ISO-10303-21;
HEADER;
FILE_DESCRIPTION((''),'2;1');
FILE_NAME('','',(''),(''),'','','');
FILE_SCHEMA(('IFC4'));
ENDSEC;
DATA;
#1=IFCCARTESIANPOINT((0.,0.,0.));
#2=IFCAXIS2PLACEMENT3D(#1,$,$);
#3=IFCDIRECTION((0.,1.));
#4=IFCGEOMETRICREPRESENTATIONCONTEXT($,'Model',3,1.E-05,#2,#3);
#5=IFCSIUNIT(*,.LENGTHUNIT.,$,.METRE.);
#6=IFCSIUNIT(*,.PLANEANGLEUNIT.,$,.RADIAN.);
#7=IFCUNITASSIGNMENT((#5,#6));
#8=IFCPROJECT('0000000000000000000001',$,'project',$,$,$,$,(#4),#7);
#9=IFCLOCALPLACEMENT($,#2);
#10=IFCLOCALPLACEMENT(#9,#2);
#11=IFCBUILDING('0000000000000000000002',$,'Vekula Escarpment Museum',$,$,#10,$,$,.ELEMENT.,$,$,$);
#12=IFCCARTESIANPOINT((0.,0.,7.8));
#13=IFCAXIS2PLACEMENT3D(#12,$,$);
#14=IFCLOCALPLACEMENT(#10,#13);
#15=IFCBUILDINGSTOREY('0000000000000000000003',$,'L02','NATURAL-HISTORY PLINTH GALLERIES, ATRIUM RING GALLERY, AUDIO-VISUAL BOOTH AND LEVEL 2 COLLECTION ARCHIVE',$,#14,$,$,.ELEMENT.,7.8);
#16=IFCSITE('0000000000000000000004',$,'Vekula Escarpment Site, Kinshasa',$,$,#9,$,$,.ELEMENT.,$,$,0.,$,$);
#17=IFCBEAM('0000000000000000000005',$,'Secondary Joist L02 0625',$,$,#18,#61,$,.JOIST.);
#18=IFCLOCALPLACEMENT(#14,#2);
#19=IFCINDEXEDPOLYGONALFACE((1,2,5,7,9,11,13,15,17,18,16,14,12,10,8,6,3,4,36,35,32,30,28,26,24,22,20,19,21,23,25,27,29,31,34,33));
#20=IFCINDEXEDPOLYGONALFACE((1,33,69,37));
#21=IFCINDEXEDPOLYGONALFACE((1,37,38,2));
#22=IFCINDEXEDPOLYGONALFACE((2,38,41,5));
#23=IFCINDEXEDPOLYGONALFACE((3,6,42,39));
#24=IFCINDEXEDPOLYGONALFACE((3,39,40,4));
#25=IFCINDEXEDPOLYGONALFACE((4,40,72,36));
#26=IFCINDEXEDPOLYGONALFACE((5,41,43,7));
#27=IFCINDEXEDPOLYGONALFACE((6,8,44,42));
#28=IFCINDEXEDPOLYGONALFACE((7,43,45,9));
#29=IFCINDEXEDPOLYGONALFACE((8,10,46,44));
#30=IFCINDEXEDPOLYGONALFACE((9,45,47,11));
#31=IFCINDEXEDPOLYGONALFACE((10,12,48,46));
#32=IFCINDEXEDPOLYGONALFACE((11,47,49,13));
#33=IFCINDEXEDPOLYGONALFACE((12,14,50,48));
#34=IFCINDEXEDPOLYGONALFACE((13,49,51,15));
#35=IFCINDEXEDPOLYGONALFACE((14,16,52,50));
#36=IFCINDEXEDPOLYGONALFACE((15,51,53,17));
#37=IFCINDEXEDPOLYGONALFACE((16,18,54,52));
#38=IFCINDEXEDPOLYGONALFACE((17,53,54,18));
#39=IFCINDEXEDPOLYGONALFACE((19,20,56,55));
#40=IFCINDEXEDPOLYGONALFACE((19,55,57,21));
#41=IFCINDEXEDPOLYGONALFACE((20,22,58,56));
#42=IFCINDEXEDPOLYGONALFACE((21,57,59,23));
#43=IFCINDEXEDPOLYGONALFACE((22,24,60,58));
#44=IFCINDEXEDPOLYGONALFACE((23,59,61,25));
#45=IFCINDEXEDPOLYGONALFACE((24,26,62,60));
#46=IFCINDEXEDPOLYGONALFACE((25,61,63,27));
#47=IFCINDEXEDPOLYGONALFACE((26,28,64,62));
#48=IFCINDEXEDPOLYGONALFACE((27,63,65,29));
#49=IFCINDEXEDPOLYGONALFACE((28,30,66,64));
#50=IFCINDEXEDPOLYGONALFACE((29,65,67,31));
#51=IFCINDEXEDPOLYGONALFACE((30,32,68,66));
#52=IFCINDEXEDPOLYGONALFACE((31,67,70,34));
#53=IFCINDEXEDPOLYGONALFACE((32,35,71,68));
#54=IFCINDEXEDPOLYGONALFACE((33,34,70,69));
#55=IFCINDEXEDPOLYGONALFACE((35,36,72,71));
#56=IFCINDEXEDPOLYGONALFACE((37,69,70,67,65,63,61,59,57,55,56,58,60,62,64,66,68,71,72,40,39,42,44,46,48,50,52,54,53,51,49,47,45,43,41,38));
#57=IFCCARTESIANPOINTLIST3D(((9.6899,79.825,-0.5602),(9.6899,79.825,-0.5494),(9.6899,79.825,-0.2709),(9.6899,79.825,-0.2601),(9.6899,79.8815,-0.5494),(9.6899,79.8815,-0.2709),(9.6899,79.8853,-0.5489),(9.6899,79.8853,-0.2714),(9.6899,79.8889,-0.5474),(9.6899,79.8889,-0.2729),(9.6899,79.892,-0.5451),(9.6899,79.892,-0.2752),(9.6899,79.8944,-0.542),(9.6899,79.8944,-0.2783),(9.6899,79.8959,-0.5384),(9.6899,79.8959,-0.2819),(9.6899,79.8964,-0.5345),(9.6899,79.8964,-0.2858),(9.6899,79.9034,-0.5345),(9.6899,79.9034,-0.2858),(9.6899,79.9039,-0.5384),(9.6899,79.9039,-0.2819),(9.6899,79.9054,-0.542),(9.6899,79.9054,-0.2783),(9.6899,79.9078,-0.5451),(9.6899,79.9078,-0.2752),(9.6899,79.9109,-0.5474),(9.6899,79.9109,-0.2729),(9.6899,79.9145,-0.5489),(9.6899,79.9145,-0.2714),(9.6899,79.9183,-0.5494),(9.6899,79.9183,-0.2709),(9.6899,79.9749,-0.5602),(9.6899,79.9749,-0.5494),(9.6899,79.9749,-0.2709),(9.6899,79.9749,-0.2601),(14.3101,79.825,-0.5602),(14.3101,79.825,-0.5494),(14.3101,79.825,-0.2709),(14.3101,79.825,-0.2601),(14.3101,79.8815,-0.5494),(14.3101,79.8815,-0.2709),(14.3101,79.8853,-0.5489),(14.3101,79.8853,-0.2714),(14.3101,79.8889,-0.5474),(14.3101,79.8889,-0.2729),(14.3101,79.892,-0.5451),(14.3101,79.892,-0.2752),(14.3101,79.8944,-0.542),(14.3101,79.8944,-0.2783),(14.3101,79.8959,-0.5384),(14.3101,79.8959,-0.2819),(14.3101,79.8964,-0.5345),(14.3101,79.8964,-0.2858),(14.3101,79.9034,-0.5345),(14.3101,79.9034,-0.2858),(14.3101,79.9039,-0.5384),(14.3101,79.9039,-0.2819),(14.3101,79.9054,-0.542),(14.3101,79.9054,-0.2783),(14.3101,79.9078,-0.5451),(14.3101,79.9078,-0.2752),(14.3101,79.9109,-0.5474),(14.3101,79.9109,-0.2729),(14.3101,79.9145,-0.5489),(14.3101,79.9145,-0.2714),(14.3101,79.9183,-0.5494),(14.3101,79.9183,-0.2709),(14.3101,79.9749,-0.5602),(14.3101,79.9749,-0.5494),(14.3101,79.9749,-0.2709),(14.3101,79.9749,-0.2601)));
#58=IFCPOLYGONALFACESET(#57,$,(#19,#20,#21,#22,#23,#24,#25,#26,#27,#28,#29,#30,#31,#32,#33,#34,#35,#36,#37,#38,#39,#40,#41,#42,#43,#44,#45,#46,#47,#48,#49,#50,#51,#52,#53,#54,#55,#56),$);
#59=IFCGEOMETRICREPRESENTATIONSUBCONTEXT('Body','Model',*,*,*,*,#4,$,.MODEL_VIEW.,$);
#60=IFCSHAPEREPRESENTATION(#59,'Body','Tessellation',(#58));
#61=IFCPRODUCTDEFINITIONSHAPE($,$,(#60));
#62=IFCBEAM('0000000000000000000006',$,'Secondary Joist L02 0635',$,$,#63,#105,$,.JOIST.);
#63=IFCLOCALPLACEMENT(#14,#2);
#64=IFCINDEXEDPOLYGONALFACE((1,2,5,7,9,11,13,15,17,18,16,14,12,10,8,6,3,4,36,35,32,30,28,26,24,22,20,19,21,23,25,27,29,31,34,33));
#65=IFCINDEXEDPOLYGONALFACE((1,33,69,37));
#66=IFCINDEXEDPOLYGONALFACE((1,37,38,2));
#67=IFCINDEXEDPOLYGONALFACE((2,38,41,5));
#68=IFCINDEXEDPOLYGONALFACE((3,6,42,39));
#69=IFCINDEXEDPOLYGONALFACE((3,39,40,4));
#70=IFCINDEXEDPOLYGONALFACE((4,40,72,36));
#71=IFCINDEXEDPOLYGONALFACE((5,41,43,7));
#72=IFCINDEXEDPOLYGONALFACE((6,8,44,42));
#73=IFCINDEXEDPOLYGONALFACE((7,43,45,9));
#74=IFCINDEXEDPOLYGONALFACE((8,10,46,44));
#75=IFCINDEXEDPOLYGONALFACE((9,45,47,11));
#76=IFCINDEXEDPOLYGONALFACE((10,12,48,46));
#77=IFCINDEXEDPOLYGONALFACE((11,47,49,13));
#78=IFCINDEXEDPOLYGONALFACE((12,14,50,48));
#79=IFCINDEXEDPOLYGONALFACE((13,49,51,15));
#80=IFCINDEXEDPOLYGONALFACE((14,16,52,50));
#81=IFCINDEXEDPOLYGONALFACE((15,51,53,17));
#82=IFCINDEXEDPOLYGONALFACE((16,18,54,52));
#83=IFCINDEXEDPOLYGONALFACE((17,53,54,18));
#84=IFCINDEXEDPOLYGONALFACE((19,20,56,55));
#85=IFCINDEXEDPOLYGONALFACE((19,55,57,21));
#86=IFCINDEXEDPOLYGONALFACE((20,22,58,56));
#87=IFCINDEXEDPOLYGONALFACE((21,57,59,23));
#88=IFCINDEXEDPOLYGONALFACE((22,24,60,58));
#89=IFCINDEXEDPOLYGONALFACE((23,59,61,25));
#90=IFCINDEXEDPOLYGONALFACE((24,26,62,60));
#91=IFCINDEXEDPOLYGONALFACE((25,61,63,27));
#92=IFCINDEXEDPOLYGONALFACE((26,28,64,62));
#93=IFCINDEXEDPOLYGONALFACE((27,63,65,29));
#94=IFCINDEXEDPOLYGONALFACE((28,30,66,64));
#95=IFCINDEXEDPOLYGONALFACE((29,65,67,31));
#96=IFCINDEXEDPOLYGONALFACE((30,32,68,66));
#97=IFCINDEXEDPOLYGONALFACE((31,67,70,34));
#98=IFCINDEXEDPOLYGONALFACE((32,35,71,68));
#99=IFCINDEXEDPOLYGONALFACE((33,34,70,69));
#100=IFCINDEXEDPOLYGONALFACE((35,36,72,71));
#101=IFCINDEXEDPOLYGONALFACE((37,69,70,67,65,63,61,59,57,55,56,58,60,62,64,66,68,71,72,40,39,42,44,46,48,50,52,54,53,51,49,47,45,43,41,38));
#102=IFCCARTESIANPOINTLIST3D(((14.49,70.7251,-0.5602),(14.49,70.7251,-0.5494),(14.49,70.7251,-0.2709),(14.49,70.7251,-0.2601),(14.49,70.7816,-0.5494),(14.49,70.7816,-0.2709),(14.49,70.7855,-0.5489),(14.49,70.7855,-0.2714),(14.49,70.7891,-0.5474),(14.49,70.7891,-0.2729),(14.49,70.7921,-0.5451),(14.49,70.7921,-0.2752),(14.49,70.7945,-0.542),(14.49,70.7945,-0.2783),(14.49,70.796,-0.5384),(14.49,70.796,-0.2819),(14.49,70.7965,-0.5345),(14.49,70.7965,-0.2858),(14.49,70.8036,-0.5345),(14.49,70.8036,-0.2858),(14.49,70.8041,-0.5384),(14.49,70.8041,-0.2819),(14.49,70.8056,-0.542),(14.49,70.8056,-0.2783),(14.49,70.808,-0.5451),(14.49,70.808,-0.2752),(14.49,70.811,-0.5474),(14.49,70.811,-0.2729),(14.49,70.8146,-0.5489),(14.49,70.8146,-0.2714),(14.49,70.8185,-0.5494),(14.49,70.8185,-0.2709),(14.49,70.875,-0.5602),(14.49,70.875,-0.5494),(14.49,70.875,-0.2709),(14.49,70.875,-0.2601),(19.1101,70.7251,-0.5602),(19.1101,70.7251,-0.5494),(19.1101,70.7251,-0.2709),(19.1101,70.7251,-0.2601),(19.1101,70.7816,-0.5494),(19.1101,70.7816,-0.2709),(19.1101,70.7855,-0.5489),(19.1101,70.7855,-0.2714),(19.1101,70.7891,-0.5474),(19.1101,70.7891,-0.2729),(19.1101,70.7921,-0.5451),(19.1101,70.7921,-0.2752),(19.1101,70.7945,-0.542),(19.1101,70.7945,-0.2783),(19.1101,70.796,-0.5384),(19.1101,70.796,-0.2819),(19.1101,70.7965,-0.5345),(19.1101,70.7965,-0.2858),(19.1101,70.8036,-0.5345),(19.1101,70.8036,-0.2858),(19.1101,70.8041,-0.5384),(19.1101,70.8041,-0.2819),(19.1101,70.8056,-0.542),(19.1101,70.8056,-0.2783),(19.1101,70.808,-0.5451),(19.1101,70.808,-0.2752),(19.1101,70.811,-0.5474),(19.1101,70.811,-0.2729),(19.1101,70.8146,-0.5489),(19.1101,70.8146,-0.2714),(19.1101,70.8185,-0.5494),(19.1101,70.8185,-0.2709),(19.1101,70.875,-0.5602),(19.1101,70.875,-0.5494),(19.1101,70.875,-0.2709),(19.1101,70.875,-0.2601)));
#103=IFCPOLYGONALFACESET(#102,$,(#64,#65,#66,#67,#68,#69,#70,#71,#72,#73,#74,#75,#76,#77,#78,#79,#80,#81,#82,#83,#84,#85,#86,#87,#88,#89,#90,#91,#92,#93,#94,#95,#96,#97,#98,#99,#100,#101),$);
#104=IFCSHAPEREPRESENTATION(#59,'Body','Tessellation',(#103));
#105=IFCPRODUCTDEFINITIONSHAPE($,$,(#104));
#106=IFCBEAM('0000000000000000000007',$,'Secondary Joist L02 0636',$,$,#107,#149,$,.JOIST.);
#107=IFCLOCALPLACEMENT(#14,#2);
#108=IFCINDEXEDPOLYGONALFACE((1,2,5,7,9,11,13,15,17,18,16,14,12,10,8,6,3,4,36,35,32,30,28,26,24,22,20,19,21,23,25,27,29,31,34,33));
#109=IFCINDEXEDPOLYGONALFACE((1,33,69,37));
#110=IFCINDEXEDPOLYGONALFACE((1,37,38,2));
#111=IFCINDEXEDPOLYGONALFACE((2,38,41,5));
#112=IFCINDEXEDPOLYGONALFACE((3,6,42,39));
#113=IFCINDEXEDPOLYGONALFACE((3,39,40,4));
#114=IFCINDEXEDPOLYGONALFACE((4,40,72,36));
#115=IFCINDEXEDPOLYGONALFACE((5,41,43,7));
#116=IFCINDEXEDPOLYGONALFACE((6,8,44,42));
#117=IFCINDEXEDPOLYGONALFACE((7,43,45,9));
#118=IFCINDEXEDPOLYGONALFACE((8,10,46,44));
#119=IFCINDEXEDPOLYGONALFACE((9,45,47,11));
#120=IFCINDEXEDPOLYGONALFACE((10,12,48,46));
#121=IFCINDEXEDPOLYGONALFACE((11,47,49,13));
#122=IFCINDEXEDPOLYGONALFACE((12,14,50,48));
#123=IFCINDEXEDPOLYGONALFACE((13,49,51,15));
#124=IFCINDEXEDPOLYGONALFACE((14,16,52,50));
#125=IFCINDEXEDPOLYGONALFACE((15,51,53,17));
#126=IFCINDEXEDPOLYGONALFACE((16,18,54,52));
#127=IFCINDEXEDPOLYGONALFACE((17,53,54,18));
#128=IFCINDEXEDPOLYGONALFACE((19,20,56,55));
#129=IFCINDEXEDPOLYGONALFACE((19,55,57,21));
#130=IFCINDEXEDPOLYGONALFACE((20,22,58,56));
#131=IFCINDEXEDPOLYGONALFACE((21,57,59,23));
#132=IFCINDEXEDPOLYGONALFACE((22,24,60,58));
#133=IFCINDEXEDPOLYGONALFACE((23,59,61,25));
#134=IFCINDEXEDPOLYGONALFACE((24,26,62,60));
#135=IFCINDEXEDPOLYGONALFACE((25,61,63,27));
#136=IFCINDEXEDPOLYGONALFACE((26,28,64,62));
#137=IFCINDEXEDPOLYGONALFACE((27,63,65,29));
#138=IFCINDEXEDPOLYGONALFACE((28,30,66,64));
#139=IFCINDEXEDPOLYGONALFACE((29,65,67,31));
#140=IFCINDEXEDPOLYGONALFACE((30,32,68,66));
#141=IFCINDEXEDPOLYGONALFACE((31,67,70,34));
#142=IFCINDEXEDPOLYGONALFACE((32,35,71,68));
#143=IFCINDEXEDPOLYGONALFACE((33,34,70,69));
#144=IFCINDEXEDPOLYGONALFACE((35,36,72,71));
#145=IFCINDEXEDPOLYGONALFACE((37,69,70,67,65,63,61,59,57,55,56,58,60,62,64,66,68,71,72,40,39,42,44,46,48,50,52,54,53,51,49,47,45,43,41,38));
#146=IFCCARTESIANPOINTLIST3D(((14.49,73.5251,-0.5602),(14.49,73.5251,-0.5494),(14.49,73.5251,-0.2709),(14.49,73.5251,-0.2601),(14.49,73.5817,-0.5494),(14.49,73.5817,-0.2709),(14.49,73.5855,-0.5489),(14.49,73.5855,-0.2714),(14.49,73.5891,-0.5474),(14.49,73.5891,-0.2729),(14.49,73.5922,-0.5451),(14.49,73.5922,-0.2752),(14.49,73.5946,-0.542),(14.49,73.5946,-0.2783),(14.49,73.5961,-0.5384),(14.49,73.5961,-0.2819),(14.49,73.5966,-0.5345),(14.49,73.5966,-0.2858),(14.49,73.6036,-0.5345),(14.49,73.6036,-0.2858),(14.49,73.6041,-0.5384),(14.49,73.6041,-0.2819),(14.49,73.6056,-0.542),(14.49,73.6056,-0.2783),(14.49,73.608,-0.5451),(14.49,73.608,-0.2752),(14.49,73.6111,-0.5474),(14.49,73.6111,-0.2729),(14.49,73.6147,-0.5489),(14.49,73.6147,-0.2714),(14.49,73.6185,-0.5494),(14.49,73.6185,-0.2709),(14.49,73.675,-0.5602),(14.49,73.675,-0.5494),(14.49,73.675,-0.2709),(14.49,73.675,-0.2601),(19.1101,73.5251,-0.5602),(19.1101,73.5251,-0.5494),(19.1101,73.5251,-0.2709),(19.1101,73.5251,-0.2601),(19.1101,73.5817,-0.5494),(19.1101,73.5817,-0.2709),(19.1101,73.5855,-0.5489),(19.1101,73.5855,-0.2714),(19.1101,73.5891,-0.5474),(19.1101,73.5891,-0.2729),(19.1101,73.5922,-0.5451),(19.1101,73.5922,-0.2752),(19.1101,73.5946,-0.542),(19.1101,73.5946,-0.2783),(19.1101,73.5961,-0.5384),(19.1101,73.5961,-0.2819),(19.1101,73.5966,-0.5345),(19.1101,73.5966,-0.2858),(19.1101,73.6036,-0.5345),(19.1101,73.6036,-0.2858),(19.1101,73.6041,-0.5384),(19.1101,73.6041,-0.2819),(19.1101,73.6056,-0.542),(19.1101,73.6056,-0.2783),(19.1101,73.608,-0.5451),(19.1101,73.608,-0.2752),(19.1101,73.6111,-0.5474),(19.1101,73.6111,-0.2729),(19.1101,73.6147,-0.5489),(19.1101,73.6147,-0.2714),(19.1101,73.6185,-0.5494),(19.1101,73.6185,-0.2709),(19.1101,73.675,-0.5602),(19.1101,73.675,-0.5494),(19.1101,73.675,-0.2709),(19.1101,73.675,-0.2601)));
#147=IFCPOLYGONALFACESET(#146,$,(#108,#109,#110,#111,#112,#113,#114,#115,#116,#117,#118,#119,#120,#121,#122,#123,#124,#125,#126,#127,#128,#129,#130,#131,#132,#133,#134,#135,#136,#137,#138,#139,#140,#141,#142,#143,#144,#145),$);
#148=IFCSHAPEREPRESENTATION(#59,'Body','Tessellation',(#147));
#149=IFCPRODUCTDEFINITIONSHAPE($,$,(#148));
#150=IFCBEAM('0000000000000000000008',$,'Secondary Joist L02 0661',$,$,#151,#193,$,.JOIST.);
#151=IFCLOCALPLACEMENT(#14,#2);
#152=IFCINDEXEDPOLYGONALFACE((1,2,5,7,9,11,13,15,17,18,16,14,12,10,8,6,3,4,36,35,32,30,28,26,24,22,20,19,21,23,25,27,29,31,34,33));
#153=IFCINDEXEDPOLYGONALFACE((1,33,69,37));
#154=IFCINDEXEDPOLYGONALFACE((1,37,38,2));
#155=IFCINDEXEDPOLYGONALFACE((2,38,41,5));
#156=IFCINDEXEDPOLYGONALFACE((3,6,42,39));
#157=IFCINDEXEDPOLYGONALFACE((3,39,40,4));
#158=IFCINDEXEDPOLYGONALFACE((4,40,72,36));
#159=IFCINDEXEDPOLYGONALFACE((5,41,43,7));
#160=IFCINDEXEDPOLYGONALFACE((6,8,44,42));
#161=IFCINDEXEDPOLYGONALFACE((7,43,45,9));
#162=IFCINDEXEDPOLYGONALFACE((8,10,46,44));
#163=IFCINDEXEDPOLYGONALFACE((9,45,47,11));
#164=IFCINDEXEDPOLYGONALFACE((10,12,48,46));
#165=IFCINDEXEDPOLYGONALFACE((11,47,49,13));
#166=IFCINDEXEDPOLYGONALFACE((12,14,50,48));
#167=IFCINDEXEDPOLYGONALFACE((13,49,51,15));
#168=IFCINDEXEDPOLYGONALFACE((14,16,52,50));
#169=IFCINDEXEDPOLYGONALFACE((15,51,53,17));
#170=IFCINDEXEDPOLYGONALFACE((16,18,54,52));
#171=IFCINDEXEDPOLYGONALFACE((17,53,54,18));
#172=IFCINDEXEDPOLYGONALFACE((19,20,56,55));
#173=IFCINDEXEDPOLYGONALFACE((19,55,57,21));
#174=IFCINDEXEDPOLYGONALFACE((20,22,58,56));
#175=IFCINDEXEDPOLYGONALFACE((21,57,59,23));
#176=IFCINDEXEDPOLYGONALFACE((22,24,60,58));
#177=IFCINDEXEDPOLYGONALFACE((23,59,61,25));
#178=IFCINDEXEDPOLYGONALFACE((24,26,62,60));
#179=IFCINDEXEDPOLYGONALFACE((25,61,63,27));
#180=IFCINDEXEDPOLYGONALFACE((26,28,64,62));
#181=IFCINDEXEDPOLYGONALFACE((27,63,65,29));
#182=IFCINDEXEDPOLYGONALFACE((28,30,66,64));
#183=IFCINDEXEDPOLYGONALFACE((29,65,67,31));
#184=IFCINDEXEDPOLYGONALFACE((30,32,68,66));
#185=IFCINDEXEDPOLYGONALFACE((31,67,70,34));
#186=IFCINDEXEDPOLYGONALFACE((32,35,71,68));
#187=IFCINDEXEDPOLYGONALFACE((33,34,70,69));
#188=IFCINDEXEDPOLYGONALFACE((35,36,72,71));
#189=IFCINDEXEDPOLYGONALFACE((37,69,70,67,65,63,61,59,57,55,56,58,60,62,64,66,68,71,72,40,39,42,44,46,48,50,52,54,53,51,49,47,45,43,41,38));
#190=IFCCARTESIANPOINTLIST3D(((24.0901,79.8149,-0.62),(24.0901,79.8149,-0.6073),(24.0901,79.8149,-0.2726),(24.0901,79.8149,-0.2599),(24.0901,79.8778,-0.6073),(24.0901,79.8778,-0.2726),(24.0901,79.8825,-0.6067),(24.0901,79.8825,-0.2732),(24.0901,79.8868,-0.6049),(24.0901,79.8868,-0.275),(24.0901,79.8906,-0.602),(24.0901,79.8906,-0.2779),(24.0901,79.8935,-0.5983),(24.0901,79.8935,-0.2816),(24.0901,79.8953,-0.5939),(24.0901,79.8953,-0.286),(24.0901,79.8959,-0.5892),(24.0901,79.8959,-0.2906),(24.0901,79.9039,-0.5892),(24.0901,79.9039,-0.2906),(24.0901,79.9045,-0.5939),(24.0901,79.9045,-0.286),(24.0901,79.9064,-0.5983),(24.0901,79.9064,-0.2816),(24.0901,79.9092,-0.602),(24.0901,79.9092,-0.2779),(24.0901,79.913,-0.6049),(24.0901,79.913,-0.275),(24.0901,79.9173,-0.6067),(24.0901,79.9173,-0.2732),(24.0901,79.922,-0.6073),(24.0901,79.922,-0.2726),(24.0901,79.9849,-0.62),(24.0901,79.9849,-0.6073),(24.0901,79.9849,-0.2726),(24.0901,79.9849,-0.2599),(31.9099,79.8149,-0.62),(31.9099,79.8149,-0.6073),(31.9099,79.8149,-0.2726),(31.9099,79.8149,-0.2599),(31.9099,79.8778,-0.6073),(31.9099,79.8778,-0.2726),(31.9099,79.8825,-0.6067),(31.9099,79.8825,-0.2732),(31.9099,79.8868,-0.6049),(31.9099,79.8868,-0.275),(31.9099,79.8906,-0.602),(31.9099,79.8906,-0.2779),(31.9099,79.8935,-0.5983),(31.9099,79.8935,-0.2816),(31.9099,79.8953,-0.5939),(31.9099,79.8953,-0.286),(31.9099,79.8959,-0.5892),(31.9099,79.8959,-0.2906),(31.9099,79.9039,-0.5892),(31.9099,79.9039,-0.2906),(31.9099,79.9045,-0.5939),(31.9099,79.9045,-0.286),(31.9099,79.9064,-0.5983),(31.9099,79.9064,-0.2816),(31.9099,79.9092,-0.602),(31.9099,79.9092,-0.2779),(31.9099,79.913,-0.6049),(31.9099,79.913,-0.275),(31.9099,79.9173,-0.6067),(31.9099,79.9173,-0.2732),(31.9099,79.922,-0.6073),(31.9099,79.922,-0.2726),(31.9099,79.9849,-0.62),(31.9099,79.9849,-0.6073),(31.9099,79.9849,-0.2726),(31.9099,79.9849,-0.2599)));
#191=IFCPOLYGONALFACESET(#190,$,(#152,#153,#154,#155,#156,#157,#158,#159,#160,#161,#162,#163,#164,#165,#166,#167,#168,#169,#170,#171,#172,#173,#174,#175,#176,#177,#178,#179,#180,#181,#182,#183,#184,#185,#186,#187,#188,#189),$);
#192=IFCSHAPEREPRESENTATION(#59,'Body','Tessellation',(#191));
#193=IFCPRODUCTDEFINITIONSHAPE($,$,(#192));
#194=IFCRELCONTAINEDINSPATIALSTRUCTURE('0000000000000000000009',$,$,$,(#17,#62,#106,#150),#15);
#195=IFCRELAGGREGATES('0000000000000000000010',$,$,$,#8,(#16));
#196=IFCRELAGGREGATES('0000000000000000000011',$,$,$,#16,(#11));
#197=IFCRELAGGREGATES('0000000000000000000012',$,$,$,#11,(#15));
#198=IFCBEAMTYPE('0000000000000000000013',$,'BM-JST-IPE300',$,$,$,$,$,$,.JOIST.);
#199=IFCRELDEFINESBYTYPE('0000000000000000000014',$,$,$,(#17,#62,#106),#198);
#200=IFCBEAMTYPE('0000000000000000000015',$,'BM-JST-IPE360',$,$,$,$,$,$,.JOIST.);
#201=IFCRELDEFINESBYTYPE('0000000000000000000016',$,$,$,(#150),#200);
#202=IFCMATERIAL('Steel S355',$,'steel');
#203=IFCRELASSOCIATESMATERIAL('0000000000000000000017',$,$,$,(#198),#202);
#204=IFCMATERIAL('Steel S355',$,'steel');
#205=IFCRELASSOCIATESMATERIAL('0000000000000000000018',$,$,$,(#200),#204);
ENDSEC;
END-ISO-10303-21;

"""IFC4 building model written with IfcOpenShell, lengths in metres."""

from ifc_helpers import new_model, si_unit, direction, frame, origin, origin_2d, place, context, subcontext, project, spatial, i_section, extrude, material, material_profile, profile_set, type_object, element, save


model = new_model("IFC4")

# Units and contexts
model_context = context("Model", 3, precision=1e-05, world=origin(), true_north=direction((0.0, 1.0)))
body_context = subcontext(model_context, "Body", "Model", "MODEL_VIEW")
ifc_project = project(units=[si_unit("LENGTHUNIT", "METRE"), si_unit("PLANEANGLEUNIT", "RADIAN")], contexts=[model_context])

# Site, building, storey
site_placement = place(None, origin())
site = spatial("IfcSite", under=ifc_project, at=site_placement, Name="Vekula Escarpment Site, Kinshasa", CompositionType="ELEMENT", RefElevation=0.0)
building_placement = place(site_placement, origin())
building = spatial("IfcBuilding", under=site, at=building_placement, Name="Vekula Escarpment Museum", CompositionType="ELEMENT")
storey_placement = place(building_placement, frame((0.0, 0.0, 7.8)))
storey = spatial("IfcBuildingStorey", under=building, at=storey_placement, Name="L02", Description="NATURAL-HISTORY PLINTH GALLERIES, ATRIUM RING GALLERY, AUDIO-VISUAL BOOTH AND LEVEL 2 COLLECTION ARCHIVE", CompositionType="ELEMENT", Elevation=7.8)

# Beams
ifc_material_1 = material(Name="Steel S355", Category="steel")
ifc_material_profile_1 = material_profile(ifc_material_1, i_section(OverallWidth=0.1499, OverallDepth=0.3, WebThickness=0.0071, FlangeThickness=0.0107, FilletRadius=0.0149, at=origin_2d()), Name="IPE 300")
ifc_profile_set_1 = profile_set([ifc_material_profile_1], Name="Steel S355")
beam_type_1 = type_object("IfcBeamType", Name="BM-JST-IPE300", PredefinedType="JOIST", material=ifc_profile_set_1)
for number, where, z_axis, x_axis, name in (
    (1, (9.6899, 79.8999, -0.4102), (1.0, 0.0, 0.0), (0.0, 1.0, 0.0), "Secondary Joist L02 0625"),
    (2, (14.49, 70.8, -0.4102), (1.0, 0.0, 0.0), (0.0, 1.0, 0.0), "Secondary Joist L02 0635"),
    (3, (14.49, 73.6001, -0.4102), (1.0, 0.0, 0.0), (0.0, 1.0, 0.0), "Secondary Joist L02 0636"),
):
    element("IfcBeam", number, at=place(storey_placement, frame(where, z_axis=z_axis, x_axis=x_axis)), inside=storey, type_object=beam_type_1, Name=name, PredefinedType="JOIST", context=body_context, shape_type="SweptSolid", body=[
        extrude(i_section(OverallWidth=0.1499, OverallDepth=0.3, WebThickness=0.0071, FlangeThickness=0.0107, FilletRadius=0.0149, at=origin_2d()), origin(), (0.0, 0.0, 1.0), 4.6201),
    ])
ifc_material_2 = material(Name="Steel S355", Category="steel")
ifc_material_profile_2 = material_profile(ifc_material_2, i_section(OverallWidth=0.1699, OverallDepth=0.3601, WebThickness=0.0081, FlangeThickness=0.0127, FilletRadius=0.0181, at=origin_2d()), Name="IPE 360")
ifc_profile_set_2 = profile_set([ifc_material_profile_2], Name="Steel S355")
beam_type_2 = type_object("IfcBeamType", Name="BM-JST-IPE360", PredefinedType="JOIST", material=ifc_profile_set_2)
beam_1_placement = place(storey_placement, frame((24.0901, 79.8999, -0.4399), z_axis=(1.0, 0.0, 0.0), x_axis=(0.0, 1.0, 0.0)))
element("IfcBeam", 4, at=beam_1_placement, inside=storey, type_object=beam_type_2, Name="Secondary Joist L02 0661", PredefinedType="JOIST", context=body_context, shape_type="SweptSolid", body=[
    extrude(i_section(OverallWidth=0.1699, OverallDepth=0.3601, WebThickness=0.0081, FlangeThickness=0.0127, FilletRadius=0.0181, at=origin_2d()), origin(), (0.0, 0.0, 1.0), 7.8198),
])

save(model, "model.ifc")
